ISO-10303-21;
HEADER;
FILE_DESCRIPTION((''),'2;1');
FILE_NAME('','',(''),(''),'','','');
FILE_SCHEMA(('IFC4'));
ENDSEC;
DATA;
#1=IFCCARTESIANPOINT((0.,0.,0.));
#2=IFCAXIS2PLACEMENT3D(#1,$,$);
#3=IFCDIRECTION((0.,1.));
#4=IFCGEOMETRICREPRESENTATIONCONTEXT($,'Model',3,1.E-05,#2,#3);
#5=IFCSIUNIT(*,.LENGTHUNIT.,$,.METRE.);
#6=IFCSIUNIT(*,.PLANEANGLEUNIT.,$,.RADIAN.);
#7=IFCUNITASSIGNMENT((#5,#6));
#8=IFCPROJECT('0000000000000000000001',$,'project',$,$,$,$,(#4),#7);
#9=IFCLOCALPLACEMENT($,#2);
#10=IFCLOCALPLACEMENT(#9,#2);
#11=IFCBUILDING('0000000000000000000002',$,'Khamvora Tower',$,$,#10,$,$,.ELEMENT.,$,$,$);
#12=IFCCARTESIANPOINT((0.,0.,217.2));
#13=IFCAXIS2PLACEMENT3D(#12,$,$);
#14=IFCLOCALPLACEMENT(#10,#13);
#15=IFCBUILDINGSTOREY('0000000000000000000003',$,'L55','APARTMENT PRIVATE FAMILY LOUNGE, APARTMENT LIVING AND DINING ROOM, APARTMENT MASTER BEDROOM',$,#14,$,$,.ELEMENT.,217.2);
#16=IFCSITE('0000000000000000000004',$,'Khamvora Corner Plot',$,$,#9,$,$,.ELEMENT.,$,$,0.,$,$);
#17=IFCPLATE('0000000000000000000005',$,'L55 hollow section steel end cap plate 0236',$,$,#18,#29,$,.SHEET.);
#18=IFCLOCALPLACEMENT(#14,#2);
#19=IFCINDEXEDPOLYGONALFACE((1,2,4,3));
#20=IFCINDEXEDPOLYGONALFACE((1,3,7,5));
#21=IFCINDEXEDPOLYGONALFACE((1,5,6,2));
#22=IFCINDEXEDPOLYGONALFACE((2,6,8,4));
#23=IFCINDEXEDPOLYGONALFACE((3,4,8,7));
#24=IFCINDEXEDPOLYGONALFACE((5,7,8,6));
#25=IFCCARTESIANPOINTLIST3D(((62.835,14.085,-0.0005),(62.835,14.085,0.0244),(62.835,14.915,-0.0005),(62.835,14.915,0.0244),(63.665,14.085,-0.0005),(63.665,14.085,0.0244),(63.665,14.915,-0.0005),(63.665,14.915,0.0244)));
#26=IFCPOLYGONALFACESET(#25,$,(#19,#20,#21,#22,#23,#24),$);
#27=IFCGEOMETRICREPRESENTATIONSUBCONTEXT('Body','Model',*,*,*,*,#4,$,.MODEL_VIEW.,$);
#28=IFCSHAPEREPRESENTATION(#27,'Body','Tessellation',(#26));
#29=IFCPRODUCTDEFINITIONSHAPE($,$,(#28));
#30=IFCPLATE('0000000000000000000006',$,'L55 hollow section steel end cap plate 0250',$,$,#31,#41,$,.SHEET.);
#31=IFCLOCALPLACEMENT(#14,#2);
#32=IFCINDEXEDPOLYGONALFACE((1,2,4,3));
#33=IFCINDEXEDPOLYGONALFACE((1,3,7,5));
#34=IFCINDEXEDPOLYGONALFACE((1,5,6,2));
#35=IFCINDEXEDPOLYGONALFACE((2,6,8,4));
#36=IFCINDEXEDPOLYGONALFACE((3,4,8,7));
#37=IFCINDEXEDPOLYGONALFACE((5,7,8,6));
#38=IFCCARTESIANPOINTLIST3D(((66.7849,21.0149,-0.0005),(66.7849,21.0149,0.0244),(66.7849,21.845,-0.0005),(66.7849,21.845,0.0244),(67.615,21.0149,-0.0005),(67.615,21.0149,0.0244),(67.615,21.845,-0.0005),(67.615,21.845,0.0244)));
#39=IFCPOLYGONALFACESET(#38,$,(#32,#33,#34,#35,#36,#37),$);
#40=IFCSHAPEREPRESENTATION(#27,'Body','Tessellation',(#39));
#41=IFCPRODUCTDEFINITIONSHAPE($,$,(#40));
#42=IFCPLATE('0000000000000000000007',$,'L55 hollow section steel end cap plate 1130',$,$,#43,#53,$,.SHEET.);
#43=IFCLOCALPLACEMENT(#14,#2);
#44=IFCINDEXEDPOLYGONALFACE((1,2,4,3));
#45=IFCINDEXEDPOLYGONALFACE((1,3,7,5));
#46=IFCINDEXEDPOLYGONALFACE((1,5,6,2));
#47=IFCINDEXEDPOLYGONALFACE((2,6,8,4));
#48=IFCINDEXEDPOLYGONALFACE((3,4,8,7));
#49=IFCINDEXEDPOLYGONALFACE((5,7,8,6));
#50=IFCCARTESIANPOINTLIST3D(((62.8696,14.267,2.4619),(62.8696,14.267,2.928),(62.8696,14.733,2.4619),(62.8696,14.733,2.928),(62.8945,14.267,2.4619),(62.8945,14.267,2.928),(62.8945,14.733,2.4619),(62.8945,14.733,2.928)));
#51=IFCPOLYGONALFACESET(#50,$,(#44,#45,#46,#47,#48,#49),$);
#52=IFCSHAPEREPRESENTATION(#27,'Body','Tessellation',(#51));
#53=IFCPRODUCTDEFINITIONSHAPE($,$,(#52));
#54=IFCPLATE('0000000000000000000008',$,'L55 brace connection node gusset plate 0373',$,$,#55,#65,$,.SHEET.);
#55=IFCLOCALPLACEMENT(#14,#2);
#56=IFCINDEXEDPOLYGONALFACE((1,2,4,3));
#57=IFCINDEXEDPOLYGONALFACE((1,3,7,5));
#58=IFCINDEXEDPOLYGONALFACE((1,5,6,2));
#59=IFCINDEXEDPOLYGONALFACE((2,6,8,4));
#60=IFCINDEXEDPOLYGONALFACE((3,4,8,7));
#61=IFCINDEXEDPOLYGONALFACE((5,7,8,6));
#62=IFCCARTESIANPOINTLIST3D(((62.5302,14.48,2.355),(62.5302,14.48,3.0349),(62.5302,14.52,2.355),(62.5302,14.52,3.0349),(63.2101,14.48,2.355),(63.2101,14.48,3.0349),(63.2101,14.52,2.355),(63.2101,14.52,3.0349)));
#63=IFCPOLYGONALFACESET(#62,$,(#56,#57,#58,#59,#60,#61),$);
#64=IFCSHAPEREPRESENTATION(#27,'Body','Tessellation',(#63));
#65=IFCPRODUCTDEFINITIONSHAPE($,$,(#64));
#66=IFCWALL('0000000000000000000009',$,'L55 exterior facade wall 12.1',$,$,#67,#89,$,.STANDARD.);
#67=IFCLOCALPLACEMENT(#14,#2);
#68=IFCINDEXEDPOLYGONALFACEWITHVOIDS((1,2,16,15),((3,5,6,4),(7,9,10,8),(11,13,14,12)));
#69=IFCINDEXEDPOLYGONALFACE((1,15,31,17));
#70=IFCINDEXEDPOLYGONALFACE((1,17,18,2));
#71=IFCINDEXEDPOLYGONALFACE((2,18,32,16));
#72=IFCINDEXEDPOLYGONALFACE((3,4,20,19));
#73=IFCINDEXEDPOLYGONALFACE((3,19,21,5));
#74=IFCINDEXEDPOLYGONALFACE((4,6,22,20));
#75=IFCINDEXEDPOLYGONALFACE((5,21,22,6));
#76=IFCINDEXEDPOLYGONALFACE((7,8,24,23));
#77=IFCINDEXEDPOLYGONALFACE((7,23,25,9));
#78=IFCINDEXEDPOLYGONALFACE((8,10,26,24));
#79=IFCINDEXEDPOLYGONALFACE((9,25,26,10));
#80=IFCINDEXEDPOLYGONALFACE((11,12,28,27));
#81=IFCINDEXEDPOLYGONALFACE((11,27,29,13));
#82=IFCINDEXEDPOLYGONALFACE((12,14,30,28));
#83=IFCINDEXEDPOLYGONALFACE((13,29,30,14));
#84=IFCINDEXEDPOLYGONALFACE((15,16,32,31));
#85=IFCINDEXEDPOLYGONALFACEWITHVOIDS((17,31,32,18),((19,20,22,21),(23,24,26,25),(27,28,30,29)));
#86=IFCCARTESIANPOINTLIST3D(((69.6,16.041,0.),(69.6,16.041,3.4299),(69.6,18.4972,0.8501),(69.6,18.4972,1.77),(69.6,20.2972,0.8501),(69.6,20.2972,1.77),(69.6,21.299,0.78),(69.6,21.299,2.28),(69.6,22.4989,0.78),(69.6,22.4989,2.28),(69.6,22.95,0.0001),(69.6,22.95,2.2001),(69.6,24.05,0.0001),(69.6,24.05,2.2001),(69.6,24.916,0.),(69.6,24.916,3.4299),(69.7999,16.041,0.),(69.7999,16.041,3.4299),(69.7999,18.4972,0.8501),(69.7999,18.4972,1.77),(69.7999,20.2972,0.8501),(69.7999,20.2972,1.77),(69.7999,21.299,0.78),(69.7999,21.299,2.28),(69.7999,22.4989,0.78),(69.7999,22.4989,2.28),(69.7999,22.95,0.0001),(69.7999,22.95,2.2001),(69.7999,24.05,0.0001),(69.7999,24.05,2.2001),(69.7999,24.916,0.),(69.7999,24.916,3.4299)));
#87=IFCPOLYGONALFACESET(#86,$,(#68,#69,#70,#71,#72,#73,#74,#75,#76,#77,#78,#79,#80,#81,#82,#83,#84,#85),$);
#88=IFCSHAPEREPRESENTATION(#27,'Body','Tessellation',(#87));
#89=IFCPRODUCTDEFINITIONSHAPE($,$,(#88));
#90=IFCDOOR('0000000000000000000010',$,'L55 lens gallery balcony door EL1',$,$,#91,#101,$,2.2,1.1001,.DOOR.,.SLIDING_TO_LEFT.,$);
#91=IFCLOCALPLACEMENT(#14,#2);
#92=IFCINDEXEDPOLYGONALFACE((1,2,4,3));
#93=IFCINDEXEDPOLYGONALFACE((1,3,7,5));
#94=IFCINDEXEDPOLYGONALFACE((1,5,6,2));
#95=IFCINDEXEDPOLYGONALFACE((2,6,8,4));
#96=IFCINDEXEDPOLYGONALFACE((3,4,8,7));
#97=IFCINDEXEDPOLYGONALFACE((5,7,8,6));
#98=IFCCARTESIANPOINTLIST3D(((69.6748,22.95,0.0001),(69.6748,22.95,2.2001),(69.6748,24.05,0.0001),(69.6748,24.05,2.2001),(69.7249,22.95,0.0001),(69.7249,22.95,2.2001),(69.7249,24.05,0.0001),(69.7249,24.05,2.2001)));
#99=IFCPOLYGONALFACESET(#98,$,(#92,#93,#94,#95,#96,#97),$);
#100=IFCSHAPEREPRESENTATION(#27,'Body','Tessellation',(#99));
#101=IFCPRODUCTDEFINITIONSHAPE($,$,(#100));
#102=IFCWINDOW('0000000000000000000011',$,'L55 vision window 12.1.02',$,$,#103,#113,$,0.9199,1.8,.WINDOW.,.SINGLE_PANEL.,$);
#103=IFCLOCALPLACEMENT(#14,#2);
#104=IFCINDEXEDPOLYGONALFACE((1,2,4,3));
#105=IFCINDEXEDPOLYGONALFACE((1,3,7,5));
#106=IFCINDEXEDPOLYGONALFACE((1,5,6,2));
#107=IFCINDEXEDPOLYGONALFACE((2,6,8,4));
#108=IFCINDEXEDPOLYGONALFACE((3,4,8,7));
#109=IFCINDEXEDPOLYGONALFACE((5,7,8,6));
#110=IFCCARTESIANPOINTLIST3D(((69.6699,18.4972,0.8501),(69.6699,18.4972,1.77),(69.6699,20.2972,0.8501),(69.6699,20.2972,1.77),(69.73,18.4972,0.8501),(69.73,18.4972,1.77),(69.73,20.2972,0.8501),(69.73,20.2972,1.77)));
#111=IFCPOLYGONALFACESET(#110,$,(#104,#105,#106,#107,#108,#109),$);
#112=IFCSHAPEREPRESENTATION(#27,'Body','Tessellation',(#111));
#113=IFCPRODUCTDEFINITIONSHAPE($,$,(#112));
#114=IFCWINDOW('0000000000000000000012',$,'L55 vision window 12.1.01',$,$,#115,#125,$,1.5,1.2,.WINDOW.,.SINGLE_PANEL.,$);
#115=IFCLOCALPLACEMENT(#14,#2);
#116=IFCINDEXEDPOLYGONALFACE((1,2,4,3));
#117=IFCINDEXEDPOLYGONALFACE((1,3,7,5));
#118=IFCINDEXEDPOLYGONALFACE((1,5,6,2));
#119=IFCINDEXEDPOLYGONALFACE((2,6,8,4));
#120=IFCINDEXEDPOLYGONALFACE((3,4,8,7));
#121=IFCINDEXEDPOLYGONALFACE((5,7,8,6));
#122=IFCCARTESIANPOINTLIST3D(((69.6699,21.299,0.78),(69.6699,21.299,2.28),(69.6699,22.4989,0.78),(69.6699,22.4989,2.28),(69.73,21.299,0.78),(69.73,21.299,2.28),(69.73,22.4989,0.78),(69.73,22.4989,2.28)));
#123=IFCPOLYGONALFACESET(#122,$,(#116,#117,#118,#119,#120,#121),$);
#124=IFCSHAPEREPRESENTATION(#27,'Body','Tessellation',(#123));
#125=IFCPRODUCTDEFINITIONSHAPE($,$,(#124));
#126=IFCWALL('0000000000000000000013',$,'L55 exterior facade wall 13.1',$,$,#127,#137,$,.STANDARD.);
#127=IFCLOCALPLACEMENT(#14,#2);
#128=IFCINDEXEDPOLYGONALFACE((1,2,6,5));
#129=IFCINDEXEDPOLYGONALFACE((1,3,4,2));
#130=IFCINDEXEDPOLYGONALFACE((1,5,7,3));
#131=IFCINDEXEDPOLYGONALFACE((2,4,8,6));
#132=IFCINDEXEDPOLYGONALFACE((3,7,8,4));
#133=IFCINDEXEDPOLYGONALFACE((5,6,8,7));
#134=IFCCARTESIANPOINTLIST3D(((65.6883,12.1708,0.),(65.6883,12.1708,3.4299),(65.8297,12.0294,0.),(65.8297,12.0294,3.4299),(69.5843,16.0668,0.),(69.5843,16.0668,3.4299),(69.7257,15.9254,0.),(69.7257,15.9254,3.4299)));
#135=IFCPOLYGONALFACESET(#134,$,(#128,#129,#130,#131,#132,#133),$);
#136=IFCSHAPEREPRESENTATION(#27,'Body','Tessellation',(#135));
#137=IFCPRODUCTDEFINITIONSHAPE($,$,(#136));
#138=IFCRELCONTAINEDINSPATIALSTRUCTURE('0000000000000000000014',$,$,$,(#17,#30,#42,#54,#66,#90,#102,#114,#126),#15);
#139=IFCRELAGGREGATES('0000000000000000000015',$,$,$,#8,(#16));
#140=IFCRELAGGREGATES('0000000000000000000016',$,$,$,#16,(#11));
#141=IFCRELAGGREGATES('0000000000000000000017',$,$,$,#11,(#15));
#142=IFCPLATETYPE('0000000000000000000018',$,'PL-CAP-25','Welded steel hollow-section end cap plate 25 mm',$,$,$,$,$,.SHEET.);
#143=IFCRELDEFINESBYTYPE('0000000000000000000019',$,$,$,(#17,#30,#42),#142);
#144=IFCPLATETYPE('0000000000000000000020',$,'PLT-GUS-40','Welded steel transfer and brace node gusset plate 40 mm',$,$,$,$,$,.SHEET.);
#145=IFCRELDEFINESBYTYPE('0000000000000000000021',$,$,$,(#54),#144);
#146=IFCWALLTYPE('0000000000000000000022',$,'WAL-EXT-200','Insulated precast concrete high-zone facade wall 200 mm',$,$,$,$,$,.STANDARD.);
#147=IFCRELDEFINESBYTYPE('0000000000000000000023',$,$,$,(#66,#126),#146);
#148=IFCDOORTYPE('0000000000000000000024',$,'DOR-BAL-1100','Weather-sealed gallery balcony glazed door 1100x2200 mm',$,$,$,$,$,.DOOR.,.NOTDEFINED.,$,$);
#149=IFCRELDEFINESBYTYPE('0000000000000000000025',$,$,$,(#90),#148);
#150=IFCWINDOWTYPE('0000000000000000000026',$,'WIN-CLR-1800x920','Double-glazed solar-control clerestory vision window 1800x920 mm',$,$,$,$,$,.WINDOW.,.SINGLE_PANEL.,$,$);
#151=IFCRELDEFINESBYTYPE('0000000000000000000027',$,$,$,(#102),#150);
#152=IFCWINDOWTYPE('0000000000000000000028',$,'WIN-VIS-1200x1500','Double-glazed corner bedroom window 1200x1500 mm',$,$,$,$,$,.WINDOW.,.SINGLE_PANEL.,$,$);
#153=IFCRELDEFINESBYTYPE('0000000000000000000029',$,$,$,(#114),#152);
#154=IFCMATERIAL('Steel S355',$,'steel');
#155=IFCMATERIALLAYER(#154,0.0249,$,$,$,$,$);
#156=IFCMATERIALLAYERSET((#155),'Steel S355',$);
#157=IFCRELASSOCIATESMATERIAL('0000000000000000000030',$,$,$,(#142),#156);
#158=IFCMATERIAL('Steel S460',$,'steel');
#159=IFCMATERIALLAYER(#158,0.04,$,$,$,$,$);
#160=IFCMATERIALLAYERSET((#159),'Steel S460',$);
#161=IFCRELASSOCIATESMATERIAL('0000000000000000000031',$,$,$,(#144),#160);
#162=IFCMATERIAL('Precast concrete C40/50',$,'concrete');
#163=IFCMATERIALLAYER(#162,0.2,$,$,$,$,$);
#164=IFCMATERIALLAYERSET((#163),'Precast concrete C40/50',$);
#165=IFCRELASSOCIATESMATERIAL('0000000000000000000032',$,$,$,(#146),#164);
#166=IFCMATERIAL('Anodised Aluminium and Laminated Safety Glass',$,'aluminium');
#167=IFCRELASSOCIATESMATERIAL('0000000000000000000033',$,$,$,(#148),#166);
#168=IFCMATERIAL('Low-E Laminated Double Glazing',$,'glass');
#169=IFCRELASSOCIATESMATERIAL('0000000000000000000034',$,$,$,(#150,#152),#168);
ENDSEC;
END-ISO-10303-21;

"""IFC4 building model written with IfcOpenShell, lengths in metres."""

from ifc_helpers import new_model, si_unit, direction, frame, frame_2d, origin, origin_2d, place, context, subcontext, project, spatial, rectangle, extrude, material, layer, layer_set, type_object, element, fill, save


model = new_model("IFC4")

# Units and contexts
model_context = context("Model", 3, precision=1e-05, world=origin(), true_north=direction((0.0, 1.0)))
body_context = subcontext(model_context, "Body", "Model", "MODEL_VIEW")
ifc_project = project(units=[si_unit("LENGTHUNIT", "METRE"), si_unit("PLANEANGLEUNIT", "RADIAN")], contexts=[model_context])

# Site, building, storey
site_placement = place(None, origin())
site = spatial("IfcSite", under=ifc_project, at=site_placement, Name="Khamvora Corner Plot", CompositionType="ELEMENT", RefElevation=0.0)
building_placement = place(site_placement, origin())
building = spatial("IfcBuilding", under=site, at=building_placement, Name="Khamvora Tower", CompositionType="ELEMENT")
storey_placement = place(building_placement, frame((0.0, 0.0, 217.2)))
storey = spatial("IfcBuildingStorey", under=building, at=storey_placement, Name="L55", Description="APARTMENT PRIVATE FAMILY LOUNGE, APARTMENT LIVING AND DINING ROOM, APARTMENT MASTER BEDROOM", CompositionType="ELEMENT", Elevation=217.2)

# Shared definitions
ifc_material_1 = material(Name="Steel S355", Category="steel")

# Plates
ifc_layer_1 = layer(ifc_material_1, 0.0249)
ifc_layer_set_1 = layer_set([ifc_layer_1], Name="Steel S355")
plate_type_1 = type_object("IfcPlateType", Name="PL-CAP-25", Description="Welded steel hollow-section end cap plate 25 mm", PredefinedType="SHEET", material=ifc_layer_set_1)
for number, where, z_axis, x_axis, name in (
    (1, (63.25, 14.5, -0.0005), (0.0, 0.0, 1.0), (1.0, 0.0, 0.0), "L55 hollow section steel end cap plate 0236"),
    (2, (67.2, 21.4299, -0.0005), (0.0, 0.0, 1.0), (1.0, 0.0, 0.0), "L55 hollow section steel end cap plate 0250"),
):
    element("IfcPlate", number, at=place(storey_placement, frame(where, z_axis=z_axis, x_axis=x_axis)), inside=storey, type_object=plate_type_1, Name=name, PredefinedType="SHEET", context=body_context, shape_type="SweptSolid", body=[
        extrude(rectangle(XDim=0.8301, YDim=0.8301, at=origin_2d()), origin(), (0.0, 0.0, 1.0), 0.0249),
    ])
plate_1_placement = place(storey_placement, frame((62.8821, 14.5, 2.4619), z_axis=(0.0, 0.0, 1.0), x_axis=(-1.0, 0.0, 0.0)))
element("IfcPlate", 3, at=plate_1_placement, inside=storey, type_object=plate_type_1, Name="L55 hollow section steel end cap plate 1130", PredefinedType="SHEET", context=body_context, shape_type="SweptSolid", body=[
    extrude(rectangle(XDim=0.0249, YDim=0.4661, at=origin_2d()), origin(), (0.0, 0.0, 1.0), 0.4661),
])
ifc_material_2 = material(Name="Steel S460", Category="steel")
ifc_layer_2 = layer(ifc_material_2, 0.04)
ifc_layer_set_2 = layer_set([ifc_layer_2], Name="Steel S460")
plate_type_2 = type_object("IfcPlateType", Name="PLT-GUS-40", Description="Welded steel transfer and brace node gusset plate 40 mm", PredefinedType="SHEET", material=ifc_layer_set_2)
plate_2_placement = place(storey_placement, frame((62.8701, 14.5, 2.355), z_axis=(0.0, 0.0, 1.0), x_axis=(1.0, 0.0, 0.0)))
element("IfcPlate", 4, at=plate_2_placement, inside=storey, type_object=plate_type_2, Name="L55 brace connection node gusset plate 0373", PredefinedType="SHEET", context=body_context, shape_type="SweptSolid", body=[
    extrude(rectangle(XDim=0.6799, YDim=0.04, at=origin_2d()), origin(), (0.0, 0.0, 1.0), 0.6799),
])

# Wall, openings, door, windows
ifc_material_3 = material(Name="Precast concrete C40/50", Category="concrete")
ifc_layer_3 = layer(ifc_material_3, 0.2)
ifc_layer_set_3 = layer_set([ifc_layer_3], Name="Precast concrete C40/50")
wall_type_1 = type_object("IfcWallType", Name="WAL-EXT-200", Description="Insulated precast concrete high-zone facade wall 200 mm", PredefinedType="STANDARD", material=ifc_layer_set_3)
wall_1_placement = place(storey_placement, frame((69.7, 24.916, 0.0), z_axis=(0.0, 0.0, 1.0), x_axis=(0.0, -1.0, 0.0)))
wall_1 = element("IfcWall", 5, at=wall_1_placement, inside=storey, type_object=wall_type_1, Name="L55 exterior facade wall 12.1", PredefinedType="STANDARD", context=body_context, shape_type="SweptSolid", body=[
    extrude(rectangle(XDim=8.875, YDim=0.2, at=frame_2d((4.4375, 0.0))), origin(), (0.0, 0.0, 1.0), 3.4299),
])
opening_1_placement = place(wall_1_placement, frame((0.866, 0.0, 0.0)))
opening_1 = element("IfcOpeningElement", 6, at=opening_1_placement, cuts=wall_1, PredefinedType="OPENING", context=body_context, shape_type="SweptSolid", body=[
    extrude(rectangle(XDim=1.1001, YDim=2.2, at=frame_2d((0.55, 1.1001))), frame((0.0, 0.1099, 0.0), z_axis=(0.0, -1.0, 0.0), x_axis=(1.0, 0.0, 0.0)), (0.0, 0.0, 1.0), 0.22),
])
opening_2_placement = place(wall_1_placement, frame((2.417, 0.0, 0.78)))
opening_2 = element("IfcOpeningElement", 7, at=opening_2_placement, cuts=wall_1, PredefinedType="OPENING", context=body_context, shape_type="SweptSolid", body=[
    extrude(rectangle(XDim=1.2, YDim=1.5, at=frame_2d((0.6001, 0.75))), frame((0.0, 0.1099, 0.0), z_axis=(0.0, -1.0, 0.0), x_axis=(1.0, 0.0, 0.0)), (0.0, 0.0, 1.0), 0.22),
])
opening_3_placement = place(wall_1_placement, frame((4.6189, 0.0, 0.8501)))
opening_3 = element("IfcOpeningElement", 8, at=opening_3_placement, cuts=wall_1, PredefinedType="OPENING", context=body_context, shape_type="SweptSolid", body=[
    extrude(rectangle(XDim=1.8, YDim=0.9199, at=frame_2d((0.8999, 0.46))), frame((0.0, 0.1099, 0.0), z_axis=(0.0, -1.0, 0.0), x_axis=(1.0, 0.0, 0.0)), (0.0, 0.0, 1.0), 0.22),
])
ifc_material_4 = material(Name="Anodised Aluminium and Laminated Safety Glass", Category="aluminium")
door_type_1 = type_object("IfcDoorType", Name="DOR-BAL-1100", Description="Weather-sealed gallery balcony glazed door 1100x2200 mm", OperationType="NOTDEFINED", PredefinedType="DOOR", material=ifc_material_4)
door_1_placement = place(opening_1_placement, origin())
door_1 = element("IfcDoor", 9, at=door_1_placement, inside=storey, type_object=door_type_1, Name="L55 lens gallery balcony door EL1", OperationType="SLIDING_TO_LEFT", OverallHeight=2.2, OverallWidth=1.1001, PredefinedType="DOOR", context=body_context, shape_type="SweptSolid", body=[
    extrude(rectangle(XDim=1.1001, YDim=2.2, at=frame_2d((0.55, 1.1001))), frame((0.0, 0.0249, 0.0), z_axis=(0.0, -1.0, 0.0), x_axis=(1.0, 0.0, 0.0)), (0.0, 0.0, 1.0), 0.05),
])
fill(opening_1, door_1)
ifc_material_5 = material(Name="Low-E Laminated Double Glazing", Category="glass")
window_type_1 = type_object("IfcWindowType", Name="WIN-CLR-1800x920", Description="Double-glazed solar-control clerestory vision window 1800x920 mm", PartitioningType="SINGLE_PANEL", PredefinedType="WINDOW", material=ifc_material_5)
window_1_placement = place(opening_3_placement, origin())
window_1 = element("IfcWindow", 10, at=window_1_placement, inside=storey, type_object=window_type_1, Name="L55 vision window 12.1.02", OverallHeight=0.9199, OverallWidth=1.8, PartitioningType="SINGLE_PANEL", PredefinedType="WINDOW", context=body_context, shape_type="SweptSolid", body=[
    extrude(rectangle(XDim=1.8, YDim=0.9199, at=frame_2d((0.8999, 0.46))), frame((0.0, 0.03, 0.0), z_axis=(0.0, -1.0, 0.0), x_axis=(1.0, 0.0, 0.0)), (0.0, 0.0, 1.0), 0.0601),
])
fill(opening_3, window_1)
window_type_2 = type_object("IfcWindowType", Name="WIN-VIS-1200x1500", Description="Double-glazed corner bedroom window 1200x1500 mm", PartitioningType="SINGLE_PANEL", PredefinedType="WINDOW", material=ifc_material_5)
window_2_placement = place(opening_2_placement, origin())
window_2 = element("IfcWindow", 11, at=window_2_placement, inside=storey, type_object=window_type_2, Name="L55 vision window 12.1.01", OverallHeight=1.5, OverallWidth=1.2, PartitioningType="SINGLE_PANEL", PredefinedType="WINDOW", context=body_context, shape_type="SweptSolid", body=[
    extrude(rectangle(XDim=1.2, YDim=1.5, at=frame_2d((0.6001, 0.75))), frame((0.0, 0.03, 0.0), z_axis=(0.0, -1.0, 0.0), x_axis=(1.0, 0.0, 0.0)), (0.0, 0.0, 1.0), 0.0601),
])
fill(opening_2, window_2)

# Wall
wall_2_placement = place(storey_placement, frame((69.655, 15.9961, 0.0), z_axis=(0.0, 0.0, 1.0), x_axis=(-0.707107, -0.707107, 0.0)))
element("IfcWall", 12, at=wall_2_placement, inside=storey, type_object=wall_type_1, Name="L55 exterior facade wall 13.1", PredefinedType="STANDARD", context=body_context, shape_type="SweptSolid", body=[
    extrude(rectangle(XDim=5.5098, YDim=0.2, at=frame_2d((2.7549, 0.0))), origin(), (0.0, 0.0, 1.0), 3.4299),
])

save(model, "model.ifc")
